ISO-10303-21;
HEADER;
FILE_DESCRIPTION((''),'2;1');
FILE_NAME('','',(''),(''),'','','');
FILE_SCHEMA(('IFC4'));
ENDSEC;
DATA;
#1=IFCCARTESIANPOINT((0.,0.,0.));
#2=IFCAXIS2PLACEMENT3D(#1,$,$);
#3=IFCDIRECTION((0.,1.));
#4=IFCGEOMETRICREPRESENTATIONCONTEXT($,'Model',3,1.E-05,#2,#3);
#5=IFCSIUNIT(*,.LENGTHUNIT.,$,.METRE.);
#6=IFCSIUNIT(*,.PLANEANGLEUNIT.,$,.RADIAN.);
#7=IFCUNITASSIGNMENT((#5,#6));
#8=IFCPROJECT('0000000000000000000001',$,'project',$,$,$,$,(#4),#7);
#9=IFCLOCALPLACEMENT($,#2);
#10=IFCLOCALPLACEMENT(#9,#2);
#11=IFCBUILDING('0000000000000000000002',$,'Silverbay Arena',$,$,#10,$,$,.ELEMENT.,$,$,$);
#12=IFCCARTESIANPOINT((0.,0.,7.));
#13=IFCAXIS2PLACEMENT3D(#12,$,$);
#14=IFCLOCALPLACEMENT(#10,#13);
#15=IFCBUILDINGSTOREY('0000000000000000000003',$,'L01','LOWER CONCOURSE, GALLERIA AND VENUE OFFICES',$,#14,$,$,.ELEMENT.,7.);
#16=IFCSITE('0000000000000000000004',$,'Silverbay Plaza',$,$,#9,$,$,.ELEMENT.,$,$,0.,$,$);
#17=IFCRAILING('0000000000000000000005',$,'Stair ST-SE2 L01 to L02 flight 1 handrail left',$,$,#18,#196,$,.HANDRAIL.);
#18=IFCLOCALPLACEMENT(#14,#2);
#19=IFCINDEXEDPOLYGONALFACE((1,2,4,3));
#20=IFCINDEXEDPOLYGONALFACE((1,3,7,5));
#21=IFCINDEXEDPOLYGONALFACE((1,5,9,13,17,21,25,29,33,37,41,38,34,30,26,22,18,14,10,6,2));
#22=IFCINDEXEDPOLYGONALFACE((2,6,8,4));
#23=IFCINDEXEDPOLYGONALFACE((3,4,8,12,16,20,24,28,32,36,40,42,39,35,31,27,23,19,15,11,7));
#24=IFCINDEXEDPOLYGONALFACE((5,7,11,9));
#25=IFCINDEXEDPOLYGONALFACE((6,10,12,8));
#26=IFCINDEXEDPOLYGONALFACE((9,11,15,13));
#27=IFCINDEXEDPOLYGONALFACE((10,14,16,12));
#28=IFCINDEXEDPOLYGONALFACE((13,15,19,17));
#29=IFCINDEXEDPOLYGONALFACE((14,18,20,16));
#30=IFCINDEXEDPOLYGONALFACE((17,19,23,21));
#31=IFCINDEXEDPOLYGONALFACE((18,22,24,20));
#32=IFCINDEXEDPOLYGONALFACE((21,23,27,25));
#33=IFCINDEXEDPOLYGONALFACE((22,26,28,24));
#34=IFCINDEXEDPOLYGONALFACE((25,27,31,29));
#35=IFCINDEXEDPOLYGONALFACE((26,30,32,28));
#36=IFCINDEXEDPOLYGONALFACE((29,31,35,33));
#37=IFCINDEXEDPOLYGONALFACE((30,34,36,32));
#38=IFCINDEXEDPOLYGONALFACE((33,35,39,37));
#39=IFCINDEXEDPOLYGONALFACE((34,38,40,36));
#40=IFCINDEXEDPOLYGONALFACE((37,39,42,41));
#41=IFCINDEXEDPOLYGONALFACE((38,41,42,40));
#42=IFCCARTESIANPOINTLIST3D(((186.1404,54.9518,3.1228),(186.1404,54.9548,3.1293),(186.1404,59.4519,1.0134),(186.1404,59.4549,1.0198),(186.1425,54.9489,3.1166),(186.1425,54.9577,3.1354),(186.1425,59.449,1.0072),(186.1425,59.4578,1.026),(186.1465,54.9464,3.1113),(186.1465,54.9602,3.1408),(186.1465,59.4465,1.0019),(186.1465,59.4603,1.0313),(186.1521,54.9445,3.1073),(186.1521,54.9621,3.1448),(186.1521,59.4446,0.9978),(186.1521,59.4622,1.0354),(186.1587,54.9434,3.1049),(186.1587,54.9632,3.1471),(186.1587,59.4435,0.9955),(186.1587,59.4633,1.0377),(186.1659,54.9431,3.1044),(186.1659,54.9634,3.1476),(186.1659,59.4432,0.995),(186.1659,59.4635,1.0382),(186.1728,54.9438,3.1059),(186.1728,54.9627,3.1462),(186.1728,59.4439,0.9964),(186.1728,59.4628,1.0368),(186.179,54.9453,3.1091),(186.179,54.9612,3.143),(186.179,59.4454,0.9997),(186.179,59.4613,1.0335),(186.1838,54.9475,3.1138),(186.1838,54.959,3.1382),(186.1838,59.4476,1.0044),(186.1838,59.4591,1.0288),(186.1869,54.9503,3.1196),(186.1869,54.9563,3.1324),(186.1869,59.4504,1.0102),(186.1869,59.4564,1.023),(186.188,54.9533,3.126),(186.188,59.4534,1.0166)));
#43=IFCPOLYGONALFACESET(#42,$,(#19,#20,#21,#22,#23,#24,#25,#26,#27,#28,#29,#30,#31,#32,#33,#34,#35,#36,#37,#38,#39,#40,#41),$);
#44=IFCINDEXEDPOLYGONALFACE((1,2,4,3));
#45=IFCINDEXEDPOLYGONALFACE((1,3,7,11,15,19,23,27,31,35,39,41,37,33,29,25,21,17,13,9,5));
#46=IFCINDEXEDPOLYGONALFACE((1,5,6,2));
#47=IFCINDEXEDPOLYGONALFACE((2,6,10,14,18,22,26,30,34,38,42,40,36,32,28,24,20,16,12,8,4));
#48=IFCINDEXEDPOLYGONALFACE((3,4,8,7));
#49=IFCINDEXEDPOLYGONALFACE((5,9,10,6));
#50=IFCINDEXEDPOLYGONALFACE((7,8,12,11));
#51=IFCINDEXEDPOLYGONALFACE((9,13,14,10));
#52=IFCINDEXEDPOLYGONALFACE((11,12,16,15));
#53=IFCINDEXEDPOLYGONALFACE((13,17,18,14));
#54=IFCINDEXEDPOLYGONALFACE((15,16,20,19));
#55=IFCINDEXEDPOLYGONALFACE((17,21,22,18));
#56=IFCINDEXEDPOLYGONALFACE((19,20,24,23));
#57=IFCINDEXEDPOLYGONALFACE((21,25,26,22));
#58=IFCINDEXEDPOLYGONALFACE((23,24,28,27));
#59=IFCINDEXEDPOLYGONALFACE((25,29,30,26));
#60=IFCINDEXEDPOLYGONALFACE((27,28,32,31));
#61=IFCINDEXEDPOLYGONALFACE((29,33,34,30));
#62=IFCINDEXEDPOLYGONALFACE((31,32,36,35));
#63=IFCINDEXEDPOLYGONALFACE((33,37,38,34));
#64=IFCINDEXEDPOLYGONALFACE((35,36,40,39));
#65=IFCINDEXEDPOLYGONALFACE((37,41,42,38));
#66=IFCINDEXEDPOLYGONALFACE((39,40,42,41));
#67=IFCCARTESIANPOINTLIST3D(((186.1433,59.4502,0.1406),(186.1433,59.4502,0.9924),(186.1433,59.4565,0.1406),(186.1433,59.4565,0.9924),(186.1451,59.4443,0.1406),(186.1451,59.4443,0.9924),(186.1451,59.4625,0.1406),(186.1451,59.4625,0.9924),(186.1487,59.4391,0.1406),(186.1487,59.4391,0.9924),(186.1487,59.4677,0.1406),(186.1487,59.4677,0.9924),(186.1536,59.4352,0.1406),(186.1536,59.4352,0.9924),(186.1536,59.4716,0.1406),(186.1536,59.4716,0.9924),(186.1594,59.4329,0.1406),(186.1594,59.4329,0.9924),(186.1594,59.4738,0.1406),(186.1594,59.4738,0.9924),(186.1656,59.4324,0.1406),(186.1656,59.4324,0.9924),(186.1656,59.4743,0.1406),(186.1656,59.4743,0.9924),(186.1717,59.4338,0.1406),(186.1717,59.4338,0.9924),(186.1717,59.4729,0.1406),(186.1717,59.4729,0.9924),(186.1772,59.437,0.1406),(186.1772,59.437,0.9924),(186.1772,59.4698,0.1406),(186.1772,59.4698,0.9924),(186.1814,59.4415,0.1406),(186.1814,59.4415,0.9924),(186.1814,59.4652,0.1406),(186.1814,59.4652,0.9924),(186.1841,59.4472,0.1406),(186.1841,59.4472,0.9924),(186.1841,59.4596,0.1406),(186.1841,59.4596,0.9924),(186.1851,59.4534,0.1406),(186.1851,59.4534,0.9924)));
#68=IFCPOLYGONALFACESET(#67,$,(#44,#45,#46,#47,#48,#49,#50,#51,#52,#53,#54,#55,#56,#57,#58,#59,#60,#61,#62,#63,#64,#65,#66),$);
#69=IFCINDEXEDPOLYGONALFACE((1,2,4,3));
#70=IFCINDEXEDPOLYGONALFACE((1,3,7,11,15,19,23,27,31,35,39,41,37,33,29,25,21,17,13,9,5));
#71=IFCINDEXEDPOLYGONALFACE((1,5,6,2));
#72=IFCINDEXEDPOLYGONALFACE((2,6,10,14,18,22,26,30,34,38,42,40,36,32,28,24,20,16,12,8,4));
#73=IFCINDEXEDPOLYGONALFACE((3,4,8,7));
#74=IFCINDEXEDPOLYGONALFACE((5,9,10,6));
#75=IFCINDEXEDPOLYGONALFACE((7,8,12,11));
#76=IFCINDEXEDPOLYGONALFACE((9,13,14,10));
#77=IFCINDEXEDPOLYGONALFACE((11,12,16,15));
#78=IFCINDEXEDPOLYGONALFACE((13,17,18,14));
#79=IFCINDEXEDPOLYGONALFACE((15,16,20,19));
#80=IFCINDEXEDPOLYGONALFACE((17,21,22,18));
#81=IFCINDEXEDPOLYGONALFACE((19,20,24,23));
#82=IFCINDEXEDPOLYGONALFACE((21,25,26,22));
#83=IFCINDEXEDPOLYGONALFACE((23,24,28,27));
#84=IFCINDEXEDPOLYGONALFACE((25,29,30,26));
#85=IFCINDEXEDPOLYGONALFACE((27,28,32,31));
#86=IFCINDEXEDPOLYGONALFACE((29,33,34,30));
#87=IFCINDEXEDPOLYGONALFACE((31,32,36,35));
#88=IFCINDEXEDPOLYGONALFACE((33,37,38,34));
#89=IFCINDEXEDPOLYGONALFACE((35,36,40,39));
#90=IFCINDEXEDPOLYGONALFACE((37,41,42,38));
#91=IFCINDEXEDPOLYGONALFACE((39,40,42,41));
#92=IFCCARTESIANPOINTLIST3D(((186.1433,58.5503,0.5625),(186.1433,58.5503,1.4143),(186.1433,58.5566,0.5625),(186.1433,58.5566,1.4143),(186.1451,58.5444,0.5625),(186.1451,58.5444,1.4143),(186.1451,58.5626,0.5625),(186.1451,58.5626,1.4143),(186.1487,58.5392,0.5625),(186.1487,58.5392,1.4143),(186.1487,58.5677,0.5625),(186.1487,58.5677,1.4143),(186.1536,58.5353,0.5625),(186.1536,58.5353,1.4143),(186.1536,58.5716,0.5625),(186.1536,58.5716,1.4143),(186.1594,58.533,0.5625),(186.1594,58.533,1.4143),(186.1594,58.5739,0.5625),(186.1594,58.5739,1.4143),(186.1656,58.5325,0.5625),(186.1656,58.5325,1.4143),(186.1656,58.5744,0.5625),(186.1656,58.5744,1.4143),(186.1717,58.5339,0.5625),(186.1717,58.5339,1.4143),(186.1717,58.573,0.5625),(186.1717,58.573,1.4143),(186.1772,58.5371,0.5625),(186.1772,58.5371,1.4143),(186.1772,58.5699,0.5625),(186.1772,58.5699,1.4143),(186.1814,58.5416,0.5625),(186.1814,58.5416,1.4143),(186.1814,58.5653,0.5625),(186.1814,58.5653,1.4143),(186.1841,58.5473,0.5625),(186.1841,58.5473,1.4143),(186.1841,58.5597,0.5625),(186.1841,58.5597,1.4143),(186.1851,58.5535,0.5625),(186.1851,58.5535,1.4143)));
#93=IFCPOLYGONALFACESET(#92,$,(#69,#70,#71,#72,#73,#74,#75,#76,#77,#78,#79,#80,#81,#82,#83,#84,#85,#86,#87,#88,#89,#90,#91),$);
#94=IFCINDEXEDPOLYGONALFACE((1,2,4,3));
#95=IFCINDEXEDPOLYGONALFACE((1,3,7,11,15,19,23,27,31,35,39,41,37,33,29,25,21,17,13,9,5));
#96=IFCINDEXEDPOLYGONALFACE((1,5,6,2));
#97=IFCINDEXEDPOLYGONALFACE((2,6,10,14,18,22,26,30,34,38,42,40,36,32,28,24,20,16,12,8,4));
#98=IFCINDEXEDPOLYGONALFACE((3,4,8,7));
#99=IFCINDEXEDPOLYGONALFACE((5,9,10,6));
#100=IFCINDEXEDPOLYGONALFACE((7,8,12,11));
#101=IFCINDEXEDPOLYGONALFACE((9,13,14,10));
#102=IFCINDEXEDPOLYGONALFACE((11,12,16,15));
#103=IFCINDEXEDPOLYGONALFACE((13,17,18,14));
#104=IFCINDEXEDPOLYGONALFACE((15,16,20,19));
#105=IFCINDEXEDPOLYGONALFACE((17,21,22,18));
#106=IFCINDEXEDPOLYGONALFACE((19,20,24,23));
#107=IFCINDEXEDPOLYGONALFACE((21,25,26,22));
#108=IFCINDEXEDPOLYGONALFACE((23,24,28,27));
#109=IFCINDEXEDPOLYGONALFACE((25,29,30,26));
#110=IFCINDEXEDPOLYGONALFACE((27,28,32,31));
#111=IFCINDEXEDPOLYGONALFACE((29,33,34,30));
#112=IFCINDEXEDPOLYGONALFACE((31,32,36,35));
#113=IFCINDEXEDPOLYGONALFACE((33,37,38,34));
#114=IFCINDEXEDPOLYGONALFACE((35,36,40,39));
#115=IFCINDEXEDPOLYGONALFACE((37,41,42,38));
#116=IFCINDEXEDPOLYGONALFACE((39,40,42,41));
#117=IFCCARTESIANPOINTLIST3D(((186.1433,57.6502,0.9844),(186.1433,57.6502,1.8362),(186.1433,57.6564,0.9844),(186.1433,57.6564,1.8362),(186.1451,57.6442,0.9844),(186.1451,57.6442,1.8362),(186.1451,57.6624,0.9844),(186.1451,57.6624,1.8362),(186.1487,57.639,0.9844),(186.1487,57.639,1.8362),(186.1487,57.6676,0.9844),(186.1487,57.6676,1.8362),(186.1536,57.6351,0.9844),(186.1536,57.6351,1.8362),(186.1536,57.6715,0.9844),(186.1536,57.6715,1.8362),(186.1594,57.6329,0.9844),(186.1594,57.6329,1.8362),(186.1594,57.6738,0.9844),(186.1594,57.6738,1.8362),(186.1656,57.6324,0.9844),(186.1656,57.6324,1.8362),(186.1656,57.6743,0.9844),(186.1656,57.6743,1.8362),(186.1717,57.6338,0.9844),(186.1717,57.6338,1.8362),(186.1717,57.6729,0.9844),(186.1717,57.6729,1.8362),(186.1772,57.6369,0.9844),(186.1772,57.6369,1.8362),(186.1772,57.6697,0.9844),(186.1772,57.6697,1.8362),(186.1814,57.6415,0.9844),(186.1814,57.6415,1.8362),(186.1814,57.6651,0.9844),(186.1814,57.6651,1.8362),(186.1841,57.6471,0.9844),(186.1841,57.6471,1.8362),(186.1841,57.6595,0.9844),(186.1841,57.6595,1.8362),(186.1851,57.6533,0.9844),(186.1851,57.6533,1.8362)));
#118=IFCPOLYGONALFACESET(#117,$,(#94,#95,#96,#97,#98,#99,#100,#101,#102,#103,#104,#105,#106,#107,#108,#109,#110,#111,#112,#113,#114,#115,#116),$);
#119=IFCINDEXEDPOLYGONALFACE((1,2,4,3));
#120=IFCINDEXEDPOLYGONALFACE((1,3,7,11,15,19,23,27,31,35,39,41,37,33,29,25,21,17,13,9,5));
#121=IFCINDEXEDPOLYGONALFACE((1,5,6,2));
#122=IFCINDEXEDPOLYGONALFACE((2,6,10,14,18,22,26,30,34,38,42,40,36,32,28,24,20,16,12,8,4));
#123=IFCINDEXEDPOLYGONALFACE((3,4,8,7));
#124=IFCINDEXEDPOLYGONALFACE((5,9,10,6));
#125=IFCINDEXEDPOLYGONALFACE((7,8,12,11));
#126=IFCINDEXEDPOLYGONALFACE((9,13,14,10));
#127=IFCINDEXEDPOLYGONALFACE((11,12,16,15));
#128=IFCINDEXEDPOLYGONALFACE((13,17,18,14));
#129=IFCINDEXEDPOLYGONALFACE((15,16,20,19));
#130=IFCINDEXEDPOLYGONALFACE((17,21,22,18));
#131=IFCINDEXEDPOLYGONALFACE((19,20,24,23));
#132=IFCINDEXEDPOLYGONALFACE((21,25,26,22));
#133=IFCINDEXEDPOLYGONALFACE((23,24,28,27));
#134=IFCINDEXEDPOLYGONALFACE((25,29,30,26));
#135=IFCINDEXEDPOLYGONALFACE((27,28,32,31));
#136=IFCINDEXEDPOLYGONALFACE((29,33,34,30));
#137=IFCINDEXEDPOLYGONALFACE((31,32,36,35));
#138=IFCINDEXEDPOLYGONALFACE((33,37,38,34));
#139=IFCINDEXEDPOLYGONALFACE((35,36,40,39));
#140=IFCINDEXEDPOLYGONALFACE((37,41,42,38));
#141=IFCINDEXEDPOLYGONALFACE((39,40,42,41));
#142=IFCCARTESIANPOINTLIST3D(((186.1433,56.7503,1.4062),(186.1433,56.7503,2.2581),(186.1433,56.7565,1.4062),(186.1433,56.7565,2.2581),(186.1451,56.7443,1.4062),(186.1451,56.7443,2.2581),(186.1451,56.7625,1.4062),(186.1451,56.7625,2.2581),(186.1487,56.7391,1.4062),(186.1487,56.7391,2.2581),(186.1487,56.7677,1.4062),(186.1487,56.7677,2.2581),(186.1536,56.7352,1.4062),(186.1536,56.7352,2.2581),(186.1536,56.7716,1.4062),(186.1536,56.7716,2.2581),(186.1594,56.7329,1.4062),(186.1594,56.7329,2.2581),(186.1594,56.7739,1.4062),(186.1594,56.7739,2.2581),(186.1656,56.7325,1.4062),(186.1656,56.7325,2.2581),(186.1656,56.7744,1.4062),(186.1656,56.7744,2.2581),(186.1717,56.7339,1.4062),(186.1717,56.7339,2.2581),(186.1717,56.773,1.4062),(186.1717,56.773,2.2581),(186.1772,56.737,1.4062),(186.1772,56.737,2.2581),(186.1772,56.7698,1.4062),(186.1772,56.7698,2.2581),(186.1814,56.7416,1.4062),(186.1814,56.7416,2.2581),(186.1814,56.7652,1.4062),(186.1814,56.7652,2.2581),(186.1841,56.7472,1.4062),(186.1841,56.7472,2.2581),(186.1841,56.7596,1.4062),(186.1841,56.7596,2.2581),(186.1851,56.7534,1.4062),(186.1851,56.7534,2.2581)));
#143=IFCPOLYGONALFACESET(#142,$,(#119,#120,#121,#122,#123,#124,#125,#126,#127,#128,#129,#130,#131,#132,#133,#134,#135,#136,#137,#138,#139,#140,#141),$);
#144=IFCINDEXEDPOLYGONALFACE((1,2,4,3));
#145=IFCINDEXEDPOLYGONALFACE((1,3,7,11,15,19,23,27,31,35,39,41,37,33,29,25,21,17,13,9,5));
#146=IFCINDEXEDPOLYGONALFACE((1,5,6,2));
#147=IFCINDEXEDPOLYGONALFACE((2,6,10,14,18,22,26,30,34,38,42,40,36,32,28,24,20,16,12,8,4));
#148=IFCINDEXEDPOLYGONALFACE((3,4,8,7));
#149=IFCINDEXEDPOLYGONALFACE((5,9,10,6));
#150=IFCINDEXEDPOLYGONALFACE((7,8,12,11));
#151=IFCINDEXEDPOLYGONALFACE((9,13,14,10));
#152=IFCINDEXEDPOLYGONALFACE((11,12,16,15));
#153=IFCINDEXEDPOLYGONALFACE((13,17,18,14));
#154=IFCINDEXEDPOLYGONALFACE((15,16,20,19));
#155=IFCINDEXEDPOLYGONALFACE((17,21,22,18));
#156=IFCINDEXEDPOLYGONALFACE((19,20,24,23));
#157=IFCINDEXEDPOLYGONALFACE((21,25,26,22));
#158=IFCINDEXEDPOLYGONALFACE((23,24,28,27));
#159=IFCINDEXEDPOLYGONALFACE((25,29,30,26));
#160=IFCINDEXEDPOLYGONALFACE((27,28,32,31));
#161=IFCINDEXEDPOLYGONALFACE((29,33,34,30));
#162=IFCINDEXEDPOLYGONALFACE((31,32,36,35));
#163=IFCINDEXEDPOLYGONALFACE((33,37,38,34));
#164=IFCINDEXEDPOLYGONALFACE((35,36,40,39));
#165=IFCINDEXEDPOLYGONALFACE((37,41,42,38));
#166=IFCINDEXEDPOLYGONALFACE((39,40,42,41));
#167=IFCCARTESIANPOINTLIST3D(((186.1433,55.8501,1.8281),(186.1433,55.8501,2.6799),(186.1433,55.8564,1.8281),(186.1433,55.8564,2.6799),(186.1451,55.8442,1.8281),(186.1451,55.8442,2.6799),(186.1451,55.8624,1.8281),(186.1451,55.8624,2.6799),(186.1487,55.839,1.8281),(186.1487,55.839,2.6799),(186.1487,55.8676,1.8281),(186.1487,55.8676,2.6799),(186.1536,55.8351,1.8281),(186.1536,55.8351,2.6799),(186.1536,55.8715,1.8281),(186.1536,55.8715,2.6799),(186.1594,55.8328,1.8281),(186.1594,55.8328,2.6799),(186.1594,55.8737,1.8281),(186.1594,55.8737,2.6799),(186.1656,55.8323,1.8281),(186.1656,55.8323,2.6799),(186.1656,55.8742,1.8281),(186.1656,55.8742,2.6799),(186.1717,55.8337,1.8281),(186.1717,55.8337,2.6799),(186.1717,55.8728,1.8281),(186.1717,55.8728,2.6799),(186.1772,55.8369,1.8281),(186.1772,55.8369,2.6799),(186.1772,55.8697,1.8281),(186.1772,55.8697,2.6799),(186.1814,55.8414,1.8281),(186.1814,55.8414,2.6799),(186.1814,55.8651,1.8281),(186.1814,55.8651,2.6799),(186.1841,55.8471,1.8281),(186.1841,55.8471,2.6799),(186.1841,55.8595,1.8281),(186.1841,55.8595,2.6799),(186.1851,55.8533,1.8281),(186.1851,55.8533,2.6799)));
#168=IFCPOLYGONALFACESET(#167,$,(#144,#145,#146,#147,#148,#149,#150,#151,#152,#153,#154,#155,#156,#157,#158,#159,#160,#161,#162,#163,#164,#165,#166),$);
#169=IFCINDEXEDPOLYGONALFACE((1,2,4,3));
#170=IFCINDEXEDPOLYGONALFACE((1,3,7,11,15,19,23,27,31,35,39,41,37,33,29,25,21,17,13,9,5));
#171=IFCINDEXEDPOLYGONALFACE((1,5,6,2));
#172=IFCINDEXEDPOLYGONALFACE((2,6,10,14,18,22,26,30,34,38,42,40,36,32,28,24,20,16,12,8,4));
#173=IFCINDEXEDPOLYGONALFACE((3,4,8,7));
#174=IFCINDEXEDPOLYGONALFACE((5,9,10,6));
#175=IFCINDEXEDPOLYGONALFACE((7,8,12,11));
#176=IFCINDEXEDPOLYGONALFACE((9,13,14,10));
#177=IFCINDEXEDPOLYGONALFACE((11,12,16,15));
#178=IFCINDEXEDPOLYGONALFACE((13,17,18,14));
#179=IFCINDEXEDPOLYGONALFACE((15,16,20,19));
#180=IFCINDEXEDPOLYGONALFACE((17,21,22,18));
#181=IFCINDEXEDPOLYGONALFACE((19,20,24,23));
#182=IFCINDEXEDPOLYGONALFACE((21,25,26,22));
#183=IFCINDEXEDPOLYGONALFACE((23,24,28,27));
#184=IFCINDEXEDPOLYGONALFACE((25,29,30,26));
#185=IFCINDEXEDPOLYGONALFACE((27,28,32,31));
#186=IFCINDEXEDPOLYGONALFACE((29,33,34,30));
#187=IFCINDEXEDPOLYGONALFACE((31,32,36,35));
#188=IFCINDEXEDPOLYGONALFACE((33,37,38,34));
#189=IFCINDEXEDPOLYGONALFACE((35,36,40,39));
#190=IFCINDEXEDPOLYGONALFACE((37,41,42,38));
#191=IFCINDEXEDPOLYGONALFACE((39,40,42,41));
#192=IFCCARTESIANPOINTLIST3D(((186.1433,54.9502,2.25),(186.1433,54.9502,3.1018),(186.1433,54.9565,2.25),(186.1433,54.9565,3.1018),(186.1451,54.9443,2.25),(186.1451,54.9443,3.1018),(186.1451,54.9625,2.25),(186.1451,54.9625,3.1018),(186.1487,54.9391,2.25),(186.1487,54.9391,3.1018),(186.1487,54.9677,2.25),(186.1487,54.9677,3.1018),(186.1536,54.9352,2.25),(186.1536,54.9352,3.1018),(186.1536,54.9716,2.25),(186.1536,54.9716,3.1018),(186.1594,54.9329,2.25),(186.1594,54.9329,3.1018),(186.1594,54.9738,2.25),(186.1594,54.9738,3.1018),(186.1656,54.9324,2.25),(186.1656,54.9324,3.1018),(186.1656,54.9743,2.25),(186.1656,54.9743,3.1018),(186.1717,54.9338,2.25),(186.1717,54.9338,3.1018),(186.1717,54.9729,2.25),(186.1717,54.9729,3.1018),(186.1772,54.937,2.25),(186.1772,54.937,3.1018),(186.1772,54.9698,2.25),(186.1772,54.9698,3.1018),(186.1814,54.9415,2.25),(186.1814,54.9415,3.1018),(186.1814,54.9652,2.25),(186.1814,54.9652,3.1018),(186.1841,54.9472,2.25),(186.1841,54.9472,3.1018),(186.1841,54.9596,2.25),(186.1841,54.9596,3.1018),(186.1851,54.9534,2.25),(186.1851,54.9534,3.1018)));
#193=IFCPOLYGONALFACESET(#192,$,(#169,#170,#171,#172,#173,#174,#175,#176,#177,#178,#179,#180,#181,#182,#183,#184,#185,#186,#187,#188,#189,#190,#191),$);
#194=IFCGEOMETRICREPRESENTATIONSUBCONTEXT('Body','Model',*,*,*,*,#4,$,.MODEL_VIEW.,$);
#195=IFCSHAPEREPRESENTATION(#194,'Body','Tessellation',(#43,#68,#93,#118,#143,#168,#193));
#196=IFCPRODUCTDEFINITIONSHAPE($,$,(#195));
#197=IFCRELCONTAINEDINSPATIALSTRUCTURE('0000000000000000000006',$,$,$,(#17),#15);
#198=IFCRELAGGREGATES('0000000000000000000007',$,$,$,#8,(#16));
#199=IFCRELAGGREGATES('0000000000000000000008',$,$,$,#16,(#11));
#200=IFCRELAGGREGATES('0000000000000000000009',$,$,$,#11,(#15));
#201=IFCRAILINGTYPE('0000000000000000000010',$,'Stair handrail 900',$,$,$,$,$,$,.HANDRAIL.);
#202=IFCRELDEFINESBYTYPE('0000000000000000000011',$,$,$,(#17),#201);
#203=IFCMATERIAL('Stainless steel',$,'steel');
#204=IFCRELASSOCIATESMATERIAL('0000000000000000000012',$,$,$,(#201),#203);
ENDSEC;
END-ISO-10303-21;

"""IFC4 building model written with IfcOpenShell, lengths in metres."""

from ifc_helpers import new_model, si_unit, direction, frame, origin, origin_2d, place, context, subcontext, project, spatial, circle, extrude, material, type_object, element, save


model = new_model("IFC4")

# Units and contexts
model_context = context("Model", 3, precision=1e-05, world=origin(), true_north=direction((0.0, 1.0)))
body_context = subcontext(model_context, "Body", "Model", "MODEL_VIEW")
ifc_project = project(units=[si_unit("LENGTHUNIT", "METRE"), si_unit("PLANEANGLEUNIT", "RADIAN")], contexts=[model_context])

# Site, building, storey
site_placement = place(None, origin())
site = spatial("IfcSite", under=ifc_project, at=site_placement, Name="Silverbay Plaza", CompositionType="ELEMENT", RefElevation=0.0)
building_placement = place(site_placement, origin())
building = spatial("IfcBuilding", under=site, at=building_placement, Name="Silverbay Arena", CompositionType="ELEMENT")
storey_placement = place(building_placement, frame((0.0, 0.0, 7.0)))
storey = spatial("IfcBuildingStorey", under=building, at=storey_placement, Name="L01", Description="LOWER CONCOURSE, GALLERIA AND VENUE OFFICES", CompositionType="ELEMENT", Elevation=7.0)

# Railing
ifc_material_1 = material(Name="Stainless steel", Category="steel")
railing_type_1 = type_object("IfcRailingType", Name="Stair handrail 900", PredefinedType="HANDRAIL", material=ifc_material_1)
for number, where, name in (
    (1, (186.1641, 59.4534, 0.1406), "Stair ST-SE2 L01 to L02 flight 1 handrail left"),
):
    element("IfcRailing", number, at=place(storey_placement, frame(where)), inside=storey, type_object=railing_type_1, Name=name, PredefinedType="HANDRAIL", context=body_context, shape_type="SweptSolid", body=[
        extrude(circle(Radius=0.0239, at=origin_2d()), frame((0.0, 0.0, 0.876), z_axis=(0.0, -0.905459, 0.424434), x_axis=(1.0, 0.0, 0.0)), (0.0, 0.0, 1.0), 4.97),
        extrude(circle(Radius=0.021, at=origin_2d()), origin(), (0.0, 0.0, 1.0), 0.8518),
        extrude(circle(Radius=0.021, at=origin_2d()), frame((0.0, -0.8999, 0.4219)), (0.0, 0.0, 1.0), 0.8518),
        extrude(circle(Radius=0.021, at=origin_2d()), frame((0.0, -1.8, 0.8438)), (0.0, 0.0, 1.0), 0.8518),
        extrude(circle(Radius=0.021, at=origin_2d()), frame((0.0, -2.7, 1.2656)), (0.0, 0.0, 1.0), 0.8518),
        extrude(circle(Radius=0.021, at=origin_2d()), frame((0.0, -3.6001, 1.6875)), (0.0, 0.0, 1.0), 0.8518),
        extrude(circle(Radius=0.021, at=origin_2d()), frame((0.0, -4.5, 2.1094)), (0.0, 0.0, 1.0), 0.8518),
    ])

save(model, "model.ifc")
